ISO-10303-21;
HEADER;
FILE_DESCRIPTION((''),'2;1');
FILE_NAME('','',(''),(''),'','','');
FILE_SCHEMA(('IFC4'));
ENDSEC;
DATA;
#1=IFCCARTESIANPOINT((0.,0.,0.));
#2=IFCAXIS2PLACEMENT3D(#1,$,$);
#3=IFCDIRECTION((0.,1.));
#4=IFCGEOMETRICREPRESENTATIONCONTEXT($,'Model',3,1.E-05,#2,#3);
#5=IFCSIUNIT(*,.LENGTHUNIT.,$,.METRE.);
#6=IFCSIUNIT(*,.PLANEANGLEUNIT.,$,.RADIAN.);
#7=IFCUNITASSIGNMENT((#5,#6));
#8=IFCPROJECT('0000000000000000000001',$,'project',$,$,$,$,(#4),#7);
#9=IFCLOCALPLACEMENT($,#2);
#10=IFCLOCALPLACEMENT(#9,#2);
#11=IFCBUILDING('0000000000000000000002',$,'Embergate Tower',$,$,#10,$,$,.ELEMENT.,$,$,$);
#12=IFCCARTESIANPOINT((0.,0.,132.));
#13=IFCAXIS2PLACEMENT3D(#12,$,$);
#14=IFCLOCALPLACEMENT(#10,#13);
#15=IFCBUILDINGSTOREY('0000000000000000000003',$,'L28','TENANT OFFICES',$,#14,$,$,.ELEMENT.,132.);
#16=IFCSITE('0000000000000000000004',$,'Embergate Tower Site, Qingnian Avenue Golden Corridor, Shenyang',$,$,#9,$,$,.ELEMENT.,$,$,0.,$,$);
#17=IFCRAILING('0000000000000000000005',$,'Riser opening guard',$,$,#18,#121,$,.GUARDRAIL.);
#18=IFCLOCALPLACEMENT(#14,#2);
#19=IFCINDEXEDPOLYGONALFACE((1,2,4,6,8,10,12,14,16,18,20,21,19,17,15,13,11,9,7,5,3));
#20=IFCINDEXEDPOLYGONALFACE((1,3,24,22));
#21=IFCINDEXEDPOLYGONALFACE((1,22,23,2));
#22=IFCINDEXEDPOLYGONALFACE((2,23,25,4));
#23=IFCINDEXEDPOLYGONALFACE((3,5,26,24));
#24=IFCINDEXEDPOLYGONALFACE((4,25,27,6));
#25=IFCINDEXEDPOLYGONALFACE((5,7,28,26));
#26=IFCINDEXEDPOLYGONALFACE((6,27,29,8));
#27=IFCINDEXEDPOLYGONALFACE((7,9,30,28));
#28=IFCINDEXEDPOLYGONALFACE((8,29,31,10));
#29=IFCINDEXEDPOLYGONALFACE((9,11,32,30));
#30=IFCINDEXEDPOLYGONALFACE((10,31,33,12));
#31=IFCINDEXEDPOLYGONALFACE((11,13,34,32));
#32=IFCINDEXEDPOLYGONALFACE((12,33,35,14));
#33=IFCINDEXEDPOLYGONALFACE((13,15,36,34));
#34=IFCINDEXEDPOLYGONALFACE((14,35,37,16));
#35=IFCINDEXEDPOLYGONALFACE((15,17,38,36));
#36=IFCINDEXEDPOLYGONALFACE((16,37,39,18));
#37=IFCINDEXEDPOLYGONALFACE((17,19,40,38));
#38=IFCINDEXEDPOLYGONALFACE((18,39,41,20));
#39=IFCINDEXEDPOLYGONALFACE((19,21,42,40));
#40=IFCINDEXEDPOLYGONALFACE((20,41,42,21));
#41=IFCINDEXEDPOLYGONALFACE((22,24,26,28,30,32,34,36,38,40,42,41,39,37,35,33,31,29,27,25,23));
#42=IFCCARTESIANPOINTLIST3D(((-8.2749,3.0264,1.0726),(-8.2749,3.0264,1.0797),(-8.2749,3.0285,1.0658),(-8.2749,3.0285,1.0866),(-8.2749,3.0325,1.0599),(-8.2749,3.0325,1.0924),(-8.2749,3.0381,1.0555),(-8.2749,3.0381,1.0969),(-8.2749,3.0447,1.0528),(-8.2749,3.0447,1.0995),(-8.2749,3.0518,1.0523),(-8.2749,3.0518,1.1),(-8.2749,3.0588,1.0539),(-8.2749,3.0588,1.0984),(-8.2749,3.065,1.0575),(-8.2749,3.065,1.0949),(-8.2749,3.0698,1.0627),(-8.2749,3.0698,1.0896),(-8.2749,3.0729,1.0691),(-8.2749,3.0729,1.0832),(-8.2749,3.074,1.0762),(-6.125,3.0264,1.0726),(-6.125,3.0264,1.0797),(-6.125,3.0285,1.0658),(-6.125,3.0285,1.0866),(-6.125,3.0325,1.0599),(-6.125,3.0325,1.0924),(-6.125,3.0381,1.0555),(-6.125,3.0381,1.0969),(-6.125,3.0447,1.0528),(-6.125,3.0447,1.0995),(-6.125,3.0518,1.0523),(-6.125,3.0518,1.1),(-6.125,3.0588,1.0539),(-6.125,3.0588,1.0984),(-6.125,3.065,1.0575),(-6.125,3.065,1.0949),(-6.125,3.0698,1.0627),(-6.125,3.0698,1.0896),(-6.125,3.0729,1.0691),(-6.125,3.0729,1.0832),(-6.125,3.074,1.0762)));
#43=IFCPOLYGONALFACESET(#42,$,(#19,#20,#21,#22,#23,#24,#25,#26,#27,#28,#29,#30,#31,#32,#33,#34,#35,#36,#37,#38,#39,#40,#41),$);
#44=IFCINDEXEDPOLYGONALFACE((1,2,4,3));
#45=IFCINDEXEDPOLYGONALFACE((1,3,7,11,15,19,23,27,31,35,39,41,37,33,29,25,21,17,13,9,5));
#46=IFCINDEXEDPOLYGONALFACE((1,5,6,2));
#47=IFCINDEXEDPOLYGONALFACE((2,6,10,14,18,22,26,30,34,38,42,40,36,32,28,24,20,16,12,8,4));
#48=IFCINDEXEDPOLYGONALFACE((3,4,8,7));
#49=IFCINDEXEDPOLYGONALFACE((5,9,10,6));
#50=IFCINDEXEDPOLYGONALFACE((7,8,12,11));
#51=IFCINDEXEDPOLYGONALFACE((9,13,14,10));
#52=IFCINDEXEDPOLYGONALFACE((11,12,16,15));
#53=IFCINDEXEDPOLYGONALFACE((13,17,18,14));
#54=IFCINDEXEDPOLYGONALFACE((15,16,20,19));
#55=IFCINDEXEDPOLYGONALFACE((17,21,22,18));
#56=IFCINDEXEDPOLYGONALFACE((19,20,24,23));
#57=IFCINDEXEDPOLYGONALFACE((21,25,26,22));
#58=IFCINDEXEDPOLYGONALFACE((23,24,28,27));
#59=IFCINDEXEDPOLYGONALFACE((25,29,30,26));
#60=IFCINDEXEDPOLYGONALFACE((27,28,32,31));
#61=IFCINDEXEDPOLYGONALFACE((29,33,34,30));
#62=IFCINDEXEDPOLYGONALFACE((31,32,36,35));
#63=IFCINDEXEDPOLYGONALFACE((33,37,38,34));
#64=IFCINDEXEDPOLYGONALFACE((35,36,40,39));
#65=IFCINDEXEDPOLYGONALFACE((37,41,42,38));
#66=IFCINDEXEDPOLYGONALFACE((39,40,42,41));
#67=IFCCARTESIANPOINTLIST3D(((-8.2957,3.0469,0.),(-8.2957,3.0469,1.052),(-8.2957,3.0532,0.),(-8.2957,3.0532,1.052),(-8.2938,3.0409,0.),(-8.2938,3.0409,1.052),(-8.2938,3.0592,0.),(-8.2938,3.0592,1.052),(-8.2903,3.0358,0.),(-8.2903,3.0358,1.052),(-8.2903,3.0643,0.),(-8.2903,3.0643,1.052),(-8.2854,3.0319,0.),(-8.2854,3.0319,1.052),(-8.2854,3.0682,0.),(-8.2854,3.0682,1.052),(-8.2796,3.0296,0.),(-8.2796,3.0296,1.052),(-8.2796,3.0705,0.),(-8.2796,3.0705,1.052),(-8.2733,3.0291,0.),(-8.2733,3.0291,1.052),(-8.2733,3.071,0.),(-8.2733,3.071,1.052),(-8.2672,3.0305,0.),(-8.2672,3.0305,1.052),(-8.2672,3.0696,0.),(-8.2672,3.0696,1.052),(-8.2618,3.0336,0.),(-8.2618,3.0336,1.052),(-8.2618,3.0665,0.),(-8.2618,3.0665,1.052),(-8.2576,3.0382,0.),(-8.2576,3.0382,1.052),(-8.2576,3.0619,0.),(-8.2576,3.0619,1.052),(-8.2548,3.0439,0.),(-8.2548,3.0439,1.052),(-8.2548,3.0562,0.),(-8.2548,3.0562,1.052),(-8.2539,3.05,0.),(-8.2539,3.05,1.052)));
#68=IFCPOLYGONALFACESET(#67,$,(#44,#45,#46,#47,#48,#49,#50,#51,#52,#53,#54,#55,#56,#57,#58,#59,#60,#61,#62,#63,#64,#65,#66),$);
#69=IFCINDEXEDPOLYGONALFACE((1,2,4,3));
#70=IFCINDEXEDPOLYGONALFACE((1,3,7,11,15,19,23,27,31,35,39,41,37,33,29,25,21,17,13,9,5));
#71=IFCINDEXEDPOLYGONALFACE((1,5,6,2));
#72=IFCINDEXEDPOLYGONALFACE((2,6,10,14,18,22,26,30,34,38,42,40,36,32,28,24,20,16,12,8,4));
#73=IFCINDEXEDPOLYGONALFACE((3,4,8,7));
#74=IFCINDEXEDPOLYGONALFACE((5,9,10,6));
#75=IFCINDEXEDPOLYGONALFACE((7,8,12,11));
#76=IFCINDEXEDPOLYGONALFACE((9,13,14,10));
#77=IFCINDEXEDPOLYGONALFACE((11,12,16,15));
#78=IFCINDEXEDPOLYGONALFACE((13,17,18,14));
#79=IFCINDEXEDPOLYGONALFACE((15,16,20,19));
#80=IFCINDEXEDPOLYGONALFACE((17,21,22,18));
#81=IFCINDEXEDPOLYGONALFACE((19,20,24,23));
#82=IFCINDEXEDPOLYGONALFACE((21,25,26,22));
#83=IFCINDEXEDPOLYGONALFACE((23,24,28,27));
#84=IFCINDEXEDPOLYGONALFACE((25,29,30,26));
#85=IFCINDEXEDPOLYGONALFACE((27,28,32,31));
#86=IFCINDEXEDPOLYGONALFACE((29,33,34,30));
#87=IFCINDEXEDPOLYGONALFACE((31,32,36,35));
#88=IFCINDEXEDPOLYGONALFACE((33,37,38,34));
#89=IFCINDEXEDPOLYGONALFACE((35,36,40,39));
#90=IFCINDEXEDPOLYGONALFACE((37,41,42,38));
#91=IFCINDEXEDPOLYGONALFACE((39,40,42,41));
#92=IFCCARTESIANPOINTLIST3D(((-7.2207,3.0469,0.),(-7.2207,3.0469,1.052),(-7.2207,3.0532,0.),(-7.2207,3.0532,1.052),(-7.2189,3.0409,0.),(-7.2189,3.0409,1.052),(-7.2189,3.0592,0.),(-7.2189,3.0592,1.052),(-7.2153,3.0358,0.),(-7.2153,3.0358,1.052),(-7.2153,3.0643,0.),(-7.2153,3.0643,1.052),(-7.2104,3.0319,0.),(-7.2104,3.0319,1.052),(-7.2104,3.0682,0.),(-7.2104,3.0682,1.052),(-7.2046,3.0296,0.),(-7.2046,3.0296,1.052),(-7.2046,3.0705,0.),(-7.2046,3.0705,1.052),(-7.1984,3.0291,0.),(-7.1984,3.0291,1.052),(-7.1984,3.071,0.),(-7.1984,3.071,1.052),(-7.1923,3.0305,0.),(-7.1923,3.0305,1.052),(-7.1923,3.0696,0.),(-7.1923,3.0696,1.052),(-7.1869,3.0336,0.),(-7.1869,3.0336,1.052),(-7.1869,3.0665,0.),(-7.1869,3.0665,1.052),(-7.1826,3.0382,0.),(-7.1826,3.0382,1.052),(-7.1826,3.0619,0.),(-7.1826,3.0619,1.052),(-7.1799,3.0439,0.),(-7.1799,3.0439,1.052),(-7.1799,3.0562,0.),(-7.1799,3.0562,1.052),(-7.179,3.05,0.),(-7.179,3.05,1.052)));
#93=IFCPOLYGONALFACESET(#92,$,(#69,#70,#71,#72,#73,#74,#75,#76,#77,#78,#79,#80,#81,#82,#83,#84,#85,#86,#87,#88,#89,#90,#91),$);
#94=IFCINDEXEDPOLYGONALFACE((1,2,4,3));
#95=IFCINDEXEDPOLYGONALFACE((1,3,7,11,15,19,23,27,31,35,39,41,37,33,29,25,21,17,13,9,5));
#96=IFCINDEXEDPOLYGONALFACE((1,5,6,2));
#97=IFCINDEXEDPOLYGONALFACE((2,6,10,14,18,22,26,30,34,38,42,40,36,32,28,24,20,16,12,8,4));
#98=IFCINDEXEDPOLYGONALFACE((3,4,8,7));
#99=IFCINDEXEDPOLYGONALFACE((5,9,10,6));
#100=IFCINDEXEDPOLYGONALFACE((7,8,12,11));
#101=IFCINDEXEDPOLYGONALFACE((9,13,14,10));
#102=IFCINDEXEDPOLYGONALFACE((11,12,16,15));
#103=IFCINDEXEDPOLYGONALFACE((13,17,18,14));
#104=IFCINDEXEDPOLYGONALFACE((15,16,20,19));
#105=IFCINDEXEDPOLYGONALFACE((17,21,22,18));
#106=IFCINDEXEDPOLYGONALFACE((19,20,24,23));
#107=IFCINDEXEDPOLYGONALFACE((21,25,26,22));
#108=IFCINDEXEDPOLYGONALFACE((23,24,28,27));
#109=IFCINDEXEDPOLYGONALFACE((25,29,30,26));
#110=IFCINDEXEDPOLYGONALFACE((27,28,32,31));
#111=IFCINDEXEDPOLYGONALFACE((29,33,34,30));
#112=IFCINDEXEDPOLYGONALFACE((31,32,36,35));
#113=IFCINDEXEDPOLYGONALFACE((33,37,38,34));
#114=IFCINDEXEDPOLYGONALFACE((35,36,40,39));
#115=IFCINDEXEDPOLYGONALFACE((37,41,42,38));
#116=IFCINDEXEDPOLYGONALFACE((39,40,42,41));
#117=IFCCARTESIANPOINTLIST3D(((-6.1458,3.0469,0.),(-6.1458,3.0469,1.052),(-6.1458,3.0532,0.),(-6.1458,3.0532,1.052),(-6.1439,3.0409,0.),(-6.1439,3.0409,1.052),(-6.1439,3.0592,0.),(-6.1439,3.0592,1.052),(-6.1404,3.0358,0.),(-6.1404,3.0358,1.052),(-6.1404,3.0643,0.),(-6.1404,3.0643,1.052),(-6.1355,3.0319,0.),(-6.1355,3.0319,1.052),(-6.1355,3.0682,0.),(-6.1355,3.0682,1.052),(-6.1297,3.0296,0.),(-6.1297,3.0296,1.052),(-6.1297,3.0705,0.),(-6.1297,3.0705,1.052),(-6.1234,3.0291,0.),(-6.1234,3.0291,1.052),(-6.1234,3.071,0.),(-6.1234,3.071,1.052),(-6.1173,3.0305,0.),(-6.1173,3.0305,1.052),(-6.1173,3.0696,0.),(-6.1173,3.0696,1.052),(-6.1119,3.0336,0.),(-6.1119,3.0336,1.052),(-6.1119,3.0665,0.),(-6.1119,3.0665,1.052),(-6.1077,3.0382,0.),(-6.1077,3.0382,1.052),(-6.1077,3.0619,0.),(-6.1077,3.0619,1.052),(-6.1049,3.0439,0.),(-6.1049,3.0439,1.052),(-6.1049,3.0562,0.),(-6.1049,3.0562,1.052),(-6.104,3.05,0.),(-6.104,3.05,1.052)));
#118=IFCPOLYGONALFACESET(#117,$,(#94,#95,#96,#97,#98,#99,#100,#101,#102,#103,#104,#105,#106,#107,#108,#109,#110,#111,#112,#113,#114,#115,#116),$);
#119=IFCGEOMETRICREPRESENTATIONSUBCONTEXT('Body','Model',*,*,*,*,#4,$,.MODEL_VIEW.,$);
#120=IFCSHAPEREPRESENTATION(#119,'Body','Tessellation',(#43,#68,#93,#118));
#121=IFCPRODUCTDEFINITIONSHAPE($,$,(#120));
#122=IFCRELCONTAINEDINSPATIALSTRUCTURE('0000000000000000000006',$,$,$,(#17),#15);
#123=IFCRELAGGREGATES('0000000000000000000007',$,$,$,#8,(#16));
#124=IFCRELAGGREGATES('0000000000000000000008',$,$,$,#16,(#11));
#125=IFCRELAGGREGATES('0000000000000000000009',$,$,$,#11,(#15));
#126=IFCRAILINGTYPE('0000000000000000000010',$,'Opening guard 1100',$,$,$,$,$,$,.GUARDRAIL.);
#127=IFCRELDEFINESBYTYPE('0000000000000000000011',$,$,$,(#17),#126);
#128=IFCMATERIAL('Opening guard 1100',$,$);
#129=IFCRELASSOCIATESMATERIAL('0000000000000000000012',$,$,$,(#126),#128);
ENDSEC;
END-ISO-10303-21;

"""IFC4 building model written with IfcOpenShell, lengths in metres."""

from ifc_helpers import new_model, si_unit, direction, frame, origin, origin_2d, place, context, subcontext, project, spatial, circle, extrude, source, transform, mapped, material, type_object, element, save


model = new_model("IFC4")

# Units and contexts
model_context = context("Model", 3, precision=1e-05, world=origin(), true_north=direction((0.0, 1.0)))
body_context = subcontext(model_context, "Body", "Model", "MODEL_VIEW")
ifc_project = project(units=[si_unit("LENGTHUNIT", "METRE"), si_unit("PLANEANGLEUNIT", "RADIAN")], contexts=[model_context])

# Site, building, storey
site_placement = place(None, origin())
site = spatial("IfcSite", under=ifc_project, at=site_placement, Name="Embergate Tower Site, Qingnian Avenue Golden Corridor, Shenyang", CompositionType="ELEMENT", RefElevation=0.0)
building_placement = place(site_placement, origin())
building = spatial("IfcBuilding", under=site, at=building_placement, Name="Embergate Tower", CompositionType="ELEMENT")
storey_placement = place(building_placement, frame((0.0, 0.0, 132.0)))
storey = spatial("IfcBuildingStorey", under=building, at=storey_placement, Name="L28", Description="TENANT OFFICES", CompositionType="ELEMENT", Elevation=132.0)

# Railing
ifc_material_1 = material(Name="Opening guard 1100")
railing_type = type_object("IfcRailingType", Name="Opening guard 1100", PredefinedType="GUARDRAIL", material=ifc_material_1)
shared_shape_1 = source(origin(), body_context, "Body", "SweptSolid", [
    extrude(circle(Radius=0.0239, at=origin_2d()), frame((0.0, 0.0, 1.0762), z_axis=(1.0, 0.0, 0.0), x_axis=(0.0, 1.0, 0.0)), (0.0, 0.0, 1.0), 2.1499),
    extrude(circle(Radius=0.021, at=origin_2d()), origin(), (0.0, 0.0, 1.0), 1.052),
    extrude(circle(Radius=0.021, at=origin_2d()), frame((1.075, 0.0, 0.0)), (0.0, 0.0, 1.0), 1.052),
    extrude(circle(Radius=0.021, at=origin_2d()), frame((2.1499, 0.0, 0.0)), (0.0, 0.0, 1.0), 1.052),
])
railing_placement = place(storey_placement, frame((-8.2749, 3.05, 0.0)))
element("IfcRailing", 1, at=railing_placement, inside=storey, type_object=railing_type, Name="Riser opening guard", PredefinedType="GUARDRAIL", context=body_context, shape_type="MappedRepresentation", body=[
    mapped(shared_shape_1, transform((0.0, 0.0, 0.0))),
])

save(model, "model.ifc")
